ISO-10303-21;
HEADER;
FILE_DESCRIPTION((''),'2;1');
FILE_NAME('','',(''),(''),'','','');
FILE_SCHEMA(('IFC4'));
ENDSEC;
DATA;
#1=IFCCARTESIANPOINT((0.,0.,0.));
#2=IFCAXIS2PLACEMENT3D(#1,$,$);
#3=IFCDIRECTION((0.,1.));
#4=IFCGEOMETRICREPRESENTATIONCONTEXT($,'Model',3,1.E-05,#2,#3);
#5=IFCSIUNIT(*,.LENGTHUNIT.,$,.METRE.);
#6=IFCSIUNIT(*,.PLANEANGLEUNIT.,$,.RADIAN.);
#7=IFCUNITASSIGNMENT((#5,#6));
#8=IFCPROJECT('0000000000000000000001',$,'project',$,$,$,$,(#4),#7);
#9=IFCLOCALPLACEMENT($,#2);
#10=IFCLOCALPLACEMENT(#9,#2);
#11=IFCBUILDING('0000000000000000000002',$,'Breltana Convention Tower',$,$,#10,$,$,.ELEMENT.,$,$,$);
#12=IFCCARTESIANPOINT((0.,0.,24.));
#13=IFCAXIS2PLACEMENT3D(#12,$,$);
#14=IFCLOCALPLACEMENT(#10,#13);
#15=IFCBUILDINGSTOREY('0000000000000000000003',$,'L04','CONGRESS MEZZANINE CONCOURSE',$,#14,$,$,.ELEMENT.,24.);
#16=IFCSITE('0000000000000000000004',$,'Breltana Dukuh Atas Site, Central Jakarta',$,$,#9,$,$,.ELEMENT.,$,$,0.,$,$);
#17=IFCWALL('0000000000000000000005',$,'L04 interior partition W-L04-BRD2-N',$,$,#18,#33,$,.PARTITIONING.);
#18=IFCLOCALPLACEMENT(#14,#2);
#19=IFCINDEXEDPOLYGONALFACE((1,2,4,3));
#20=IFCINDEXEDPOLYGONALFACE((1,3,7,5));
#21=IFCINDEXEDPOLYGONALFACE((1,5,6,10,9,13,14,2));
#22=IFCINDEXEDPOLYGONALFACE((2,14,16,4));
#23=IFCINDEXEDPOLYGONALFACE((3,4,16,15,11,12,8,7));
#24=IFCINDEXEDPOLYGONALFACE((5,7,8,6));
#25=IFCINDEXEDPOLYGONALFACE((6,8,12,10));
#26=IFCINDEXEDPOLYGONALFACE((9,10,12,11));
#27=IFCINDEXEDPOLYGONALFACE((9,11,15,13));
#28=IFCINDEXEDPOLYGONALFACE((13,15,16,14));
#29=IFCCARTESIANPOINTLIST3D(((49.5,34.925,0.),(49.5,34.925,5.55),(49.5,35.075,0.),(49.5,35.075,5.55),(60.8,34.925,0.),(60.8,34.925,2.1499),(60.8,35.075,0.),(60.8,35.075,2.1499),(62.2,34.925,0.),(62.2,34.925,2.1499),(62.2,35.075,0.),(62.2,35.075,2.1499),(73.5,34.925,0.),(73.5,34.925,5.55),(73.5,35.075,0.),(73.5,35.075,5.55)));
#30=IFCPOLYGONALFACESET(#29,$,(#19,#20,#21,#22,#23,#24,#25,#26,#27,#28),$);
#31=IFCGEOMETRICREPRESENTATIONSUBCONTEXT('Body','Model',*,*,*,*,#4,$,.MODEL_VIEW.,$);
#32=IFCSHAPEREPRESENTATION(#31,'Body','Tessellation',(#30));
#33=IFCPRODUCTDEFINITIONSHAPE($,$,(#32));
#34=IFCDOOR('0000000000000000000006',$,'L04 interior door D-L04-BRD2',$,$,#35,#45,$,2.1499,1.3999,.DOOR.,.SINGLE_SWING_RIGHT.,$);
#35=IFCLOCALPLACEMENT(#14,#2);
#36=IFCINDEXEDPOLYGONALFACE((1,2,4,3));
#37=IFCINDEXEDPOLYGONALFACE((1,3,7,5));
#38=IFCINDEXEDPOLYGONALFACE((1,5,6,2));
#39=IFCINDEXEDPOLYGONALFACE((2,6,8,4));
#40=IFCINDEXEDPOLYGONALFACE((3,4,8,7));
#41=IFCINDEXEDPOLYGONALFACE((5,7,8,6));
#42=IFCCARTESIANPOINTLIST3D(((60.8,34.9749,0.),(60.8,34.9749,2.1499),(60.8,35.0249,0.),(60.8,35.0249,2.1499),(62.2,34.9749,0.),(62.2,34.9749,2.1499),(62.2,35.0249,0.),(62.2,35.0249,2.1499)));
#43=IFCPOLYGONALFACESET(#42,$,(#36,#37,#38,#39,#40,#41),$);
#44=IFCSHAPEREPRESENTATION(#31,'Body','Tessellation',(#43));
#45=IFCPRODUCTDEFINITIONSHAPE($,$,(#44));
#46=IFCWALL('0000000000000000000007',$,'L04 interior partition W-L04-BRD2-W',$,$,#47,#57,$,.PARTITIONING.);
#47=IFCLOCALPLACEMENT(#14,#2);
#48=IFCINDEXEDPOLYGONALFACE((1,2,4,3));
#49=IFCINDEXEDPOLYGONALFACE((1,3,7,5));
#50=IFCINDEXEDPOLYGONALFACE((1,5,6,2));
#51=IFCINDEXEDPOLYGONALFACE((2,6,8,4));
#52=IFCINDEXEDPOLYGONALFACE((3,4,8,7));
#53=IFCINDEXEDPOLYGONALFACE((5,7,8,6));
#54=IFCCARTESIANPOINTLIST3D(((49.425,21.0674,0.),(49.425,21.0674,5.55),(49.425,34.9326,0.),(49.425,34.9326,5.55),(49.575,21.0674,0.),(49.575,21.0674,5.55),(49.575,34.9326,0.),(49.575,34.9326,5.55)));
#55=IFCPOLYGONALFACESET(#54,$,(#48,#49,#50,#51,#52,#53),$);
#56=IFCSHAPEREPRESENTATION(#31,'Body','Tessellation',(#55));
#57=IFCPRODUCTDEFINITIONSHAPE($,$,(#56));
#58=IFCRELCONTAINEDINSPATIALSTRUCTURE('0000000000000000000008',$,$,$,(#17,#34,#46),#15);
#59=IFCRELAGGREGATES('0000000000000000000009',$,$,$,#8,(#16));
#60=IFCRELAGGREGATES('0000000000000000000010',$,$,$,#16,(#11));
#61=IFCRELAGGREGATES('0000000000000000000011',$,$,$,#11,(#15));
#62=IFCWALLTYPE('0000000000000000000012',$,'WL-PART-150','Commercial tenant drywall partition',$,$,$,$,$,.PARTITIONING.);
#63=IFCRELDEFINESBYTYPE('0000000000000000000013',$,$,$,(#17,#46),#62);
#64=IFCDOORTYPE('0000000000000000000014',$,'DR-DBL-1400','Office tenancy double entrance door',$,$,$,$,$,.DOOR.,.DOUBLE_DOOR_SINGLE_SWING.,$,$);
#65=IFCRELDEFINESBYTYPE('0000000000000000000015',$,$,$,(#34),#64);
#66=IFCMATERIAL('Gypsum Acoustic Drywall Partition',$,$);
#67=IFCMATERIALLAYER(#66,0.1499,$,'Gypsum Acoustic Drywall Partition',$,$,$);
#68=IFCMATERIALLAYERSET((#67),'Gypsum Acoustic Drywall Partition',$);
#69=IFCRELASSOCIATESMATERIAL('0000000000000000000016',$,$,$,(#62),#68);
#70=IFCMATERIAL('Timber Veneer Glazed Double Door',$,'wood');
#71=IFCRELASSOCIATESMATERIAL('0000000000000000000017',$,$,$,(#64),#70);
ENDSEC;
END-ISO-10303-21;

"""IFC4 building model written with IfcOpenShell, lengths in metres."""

from ifc_helpers import new_model, si_unit, direction, frame, frame_2d, origin, place, context, subcontext, project, spatial, rectangle, extrude, source, transform, mapped, material, layer, layer_set, type_object, type_shapes, element, fill, save


model = new_model("IFC4")

# Units and contexts
model_context = context("Model", 3, precision=1e-05, world=origin(), true_north=direction((0.0, 1.0)))
body_context = subcontext(model_context, "Body", "Model", "MODEL_VIEW")
ifc_project = project(units=[si_unit("LENGTHUNIT", "METRE"), si_unit("PLANEANGLEUNIT", "RADIAN")], contexts=[model_context])

# Site, building, storey
site_placement = place(None, origin())
site = spatial("IfcSite", under=ifc_project, at=site_placement, Name="Breltana Dukuh Atas Site, Central Jakarta", CompositionType="ELEMENT", RefElevation=0.0)
building_placement = place(site_placement, origin())
building = spatial("IfcBuilding", under=site, at=building_placement, Name="Breltana Convention Tower", CompositionType="ELEMENT")
storey_placement = place(building_placement, frame((0.0, 0.0, 24.0)))
storey = spatial("IfcBuildingStorey", under=building, at=storey_placement, Name="L04", Description="CONGRESS MEZZANINE CONCOURSE", CompositionType="ELEMENT", Elevation=24.0)

# Wall, opening, door
ifc_material_1 = material(Name="Gypsum Acoustic Drywall Partition")
ifc_layer_1 = layer(ifc_material_1, 0.1499, Name="Gypsum Acoustic Drywall Partition")
ifc_layer_set_1 = layer_set([ifc_layer_1], Name="Gypsum Acoustic Drywall Partition")
wall_type = type_object("IfcWallType", Name="WL-PART-150", Description="Commercial tenant drywall partition", PredefinedType="PARTITIONING", material=ifc_layer_set_1)
shared_shape_1 = source(origin(), body_context, "Body", "SweptSolid", [
    extrude(rectangle(XDim=24.0, YDim=0.1499, at=frame_2d((12.0, 0.0))), origin(), (0.0, 0.0, 1.0), 5.55),
])
wall_1_placement = place(storey_placement, frame((49.5, 35.0, 0.0), z_axis=(0.0, 0.0, 1.0), x_axis=(1.0, 0.0, 0.0)))
wall_1 = element("IfcWall", 1, at=wall_1_placement, inside=storey, type_object=wall_type, Name="L04 interior partition W-L04-BRD2-N", PredefinedType="PARTITIONING", context=body_context, shape_type="MappedRepresentation", body=[
    mapped(shared_shape_1, transform((0.0, 0.0, 0.0), scale=1.0)),
])
opening_placement = place(wall_1_placement, frame((11.3, 0.0, 0.0)))
opening = element("IfcOpeningElement", 2, at=opening_placement, cuts=wall_1, PredefinedType="OPENING", context=body_context, shape_type="SweptSolid", body=[
    extrude(rectangle(XDim=1.3999, YDim=2.1499, at=frame_2d((0.7, 1.075))), frame((0.0, 0.085, 0.0), z_axis=(0.0, -1.0, 0.0), x_axis=(1.0, 0.0, 0.0)), (0.0, 0.0, 1.0), 0.1699),
])
ifc_material_2 = material(Name="Timber Veneer Glazed Double Door", Category="wood")
door_type = type_object("IfcDoorType", Name="DR-DBL-1400", Description="Office tenancy double entrance door", OperationType="DOUBLE_DOOR_SINGLE_SWING", PredefinedType="DOOR", material=ifc_material_2)
shared_shape_2 = source(origin(), body_context, "Body", "SweptSolid", [
    extrude(rectangle(XDim=1.3999, YDim=2.1499, at=frame_2d((0.7, 1.075))), frame((0.0, 0.0249, 0.0), z_axis=(0.0, -1.0, 0.0), x_axis=(1.0, 0.0, 0.0)), (0.0, 0.0, 1.0), 0.05),
])
type_shapes(door_type, [shared_shape_2])
door_placement = place(opening_placement, origin())
door = element("IfcDoor", 3, at=door_placement, inside=storey, type_object=door_type, Name="L04 interior door D-L04-BRD2", OperationType="SINGLE_SWING_RIGHT", OverallHeight=2.1499, OverallWidth=1.3999, PredefinedType="DOOR", context=body_context, shape_type="MappedRepresentation", body=[
    mapped(shared_shape_2, transform((0.0, 0.0, 0.0), scale=1.0)),
])
fill(opening, door)

# Wall
shared_shape_3 = source(origin(), body_context, "Body", "SweptSolid", [
    extrude(rectangle(XDim=13.8652, YDim=0.1499, at=frame_2d((6.9326, 0.0))), origin(), (0.0, 0.0, 1.0), 5.55),
])
wall_2_placement = place(storey_placement, frame((49.5, 21.0674, 0.0), z_axis=(0.0, 0.0, 1.0), x_axis=(0.0, 1.0, 0.0)))
element("IfcWall", 4, at=wall_2_placement, inside=storey, type_object=wall_type, Name="L04 interior partition W-L04-BRD2-W", PredefinedType="PARTITIONING", context=body_context, shape_type="MappedRepresentation", body=[
    mapped(shared_shape_3, transform((0.0, 0.0, 0.0), scale=1.0)),
])

save(model, "model.ifc")
